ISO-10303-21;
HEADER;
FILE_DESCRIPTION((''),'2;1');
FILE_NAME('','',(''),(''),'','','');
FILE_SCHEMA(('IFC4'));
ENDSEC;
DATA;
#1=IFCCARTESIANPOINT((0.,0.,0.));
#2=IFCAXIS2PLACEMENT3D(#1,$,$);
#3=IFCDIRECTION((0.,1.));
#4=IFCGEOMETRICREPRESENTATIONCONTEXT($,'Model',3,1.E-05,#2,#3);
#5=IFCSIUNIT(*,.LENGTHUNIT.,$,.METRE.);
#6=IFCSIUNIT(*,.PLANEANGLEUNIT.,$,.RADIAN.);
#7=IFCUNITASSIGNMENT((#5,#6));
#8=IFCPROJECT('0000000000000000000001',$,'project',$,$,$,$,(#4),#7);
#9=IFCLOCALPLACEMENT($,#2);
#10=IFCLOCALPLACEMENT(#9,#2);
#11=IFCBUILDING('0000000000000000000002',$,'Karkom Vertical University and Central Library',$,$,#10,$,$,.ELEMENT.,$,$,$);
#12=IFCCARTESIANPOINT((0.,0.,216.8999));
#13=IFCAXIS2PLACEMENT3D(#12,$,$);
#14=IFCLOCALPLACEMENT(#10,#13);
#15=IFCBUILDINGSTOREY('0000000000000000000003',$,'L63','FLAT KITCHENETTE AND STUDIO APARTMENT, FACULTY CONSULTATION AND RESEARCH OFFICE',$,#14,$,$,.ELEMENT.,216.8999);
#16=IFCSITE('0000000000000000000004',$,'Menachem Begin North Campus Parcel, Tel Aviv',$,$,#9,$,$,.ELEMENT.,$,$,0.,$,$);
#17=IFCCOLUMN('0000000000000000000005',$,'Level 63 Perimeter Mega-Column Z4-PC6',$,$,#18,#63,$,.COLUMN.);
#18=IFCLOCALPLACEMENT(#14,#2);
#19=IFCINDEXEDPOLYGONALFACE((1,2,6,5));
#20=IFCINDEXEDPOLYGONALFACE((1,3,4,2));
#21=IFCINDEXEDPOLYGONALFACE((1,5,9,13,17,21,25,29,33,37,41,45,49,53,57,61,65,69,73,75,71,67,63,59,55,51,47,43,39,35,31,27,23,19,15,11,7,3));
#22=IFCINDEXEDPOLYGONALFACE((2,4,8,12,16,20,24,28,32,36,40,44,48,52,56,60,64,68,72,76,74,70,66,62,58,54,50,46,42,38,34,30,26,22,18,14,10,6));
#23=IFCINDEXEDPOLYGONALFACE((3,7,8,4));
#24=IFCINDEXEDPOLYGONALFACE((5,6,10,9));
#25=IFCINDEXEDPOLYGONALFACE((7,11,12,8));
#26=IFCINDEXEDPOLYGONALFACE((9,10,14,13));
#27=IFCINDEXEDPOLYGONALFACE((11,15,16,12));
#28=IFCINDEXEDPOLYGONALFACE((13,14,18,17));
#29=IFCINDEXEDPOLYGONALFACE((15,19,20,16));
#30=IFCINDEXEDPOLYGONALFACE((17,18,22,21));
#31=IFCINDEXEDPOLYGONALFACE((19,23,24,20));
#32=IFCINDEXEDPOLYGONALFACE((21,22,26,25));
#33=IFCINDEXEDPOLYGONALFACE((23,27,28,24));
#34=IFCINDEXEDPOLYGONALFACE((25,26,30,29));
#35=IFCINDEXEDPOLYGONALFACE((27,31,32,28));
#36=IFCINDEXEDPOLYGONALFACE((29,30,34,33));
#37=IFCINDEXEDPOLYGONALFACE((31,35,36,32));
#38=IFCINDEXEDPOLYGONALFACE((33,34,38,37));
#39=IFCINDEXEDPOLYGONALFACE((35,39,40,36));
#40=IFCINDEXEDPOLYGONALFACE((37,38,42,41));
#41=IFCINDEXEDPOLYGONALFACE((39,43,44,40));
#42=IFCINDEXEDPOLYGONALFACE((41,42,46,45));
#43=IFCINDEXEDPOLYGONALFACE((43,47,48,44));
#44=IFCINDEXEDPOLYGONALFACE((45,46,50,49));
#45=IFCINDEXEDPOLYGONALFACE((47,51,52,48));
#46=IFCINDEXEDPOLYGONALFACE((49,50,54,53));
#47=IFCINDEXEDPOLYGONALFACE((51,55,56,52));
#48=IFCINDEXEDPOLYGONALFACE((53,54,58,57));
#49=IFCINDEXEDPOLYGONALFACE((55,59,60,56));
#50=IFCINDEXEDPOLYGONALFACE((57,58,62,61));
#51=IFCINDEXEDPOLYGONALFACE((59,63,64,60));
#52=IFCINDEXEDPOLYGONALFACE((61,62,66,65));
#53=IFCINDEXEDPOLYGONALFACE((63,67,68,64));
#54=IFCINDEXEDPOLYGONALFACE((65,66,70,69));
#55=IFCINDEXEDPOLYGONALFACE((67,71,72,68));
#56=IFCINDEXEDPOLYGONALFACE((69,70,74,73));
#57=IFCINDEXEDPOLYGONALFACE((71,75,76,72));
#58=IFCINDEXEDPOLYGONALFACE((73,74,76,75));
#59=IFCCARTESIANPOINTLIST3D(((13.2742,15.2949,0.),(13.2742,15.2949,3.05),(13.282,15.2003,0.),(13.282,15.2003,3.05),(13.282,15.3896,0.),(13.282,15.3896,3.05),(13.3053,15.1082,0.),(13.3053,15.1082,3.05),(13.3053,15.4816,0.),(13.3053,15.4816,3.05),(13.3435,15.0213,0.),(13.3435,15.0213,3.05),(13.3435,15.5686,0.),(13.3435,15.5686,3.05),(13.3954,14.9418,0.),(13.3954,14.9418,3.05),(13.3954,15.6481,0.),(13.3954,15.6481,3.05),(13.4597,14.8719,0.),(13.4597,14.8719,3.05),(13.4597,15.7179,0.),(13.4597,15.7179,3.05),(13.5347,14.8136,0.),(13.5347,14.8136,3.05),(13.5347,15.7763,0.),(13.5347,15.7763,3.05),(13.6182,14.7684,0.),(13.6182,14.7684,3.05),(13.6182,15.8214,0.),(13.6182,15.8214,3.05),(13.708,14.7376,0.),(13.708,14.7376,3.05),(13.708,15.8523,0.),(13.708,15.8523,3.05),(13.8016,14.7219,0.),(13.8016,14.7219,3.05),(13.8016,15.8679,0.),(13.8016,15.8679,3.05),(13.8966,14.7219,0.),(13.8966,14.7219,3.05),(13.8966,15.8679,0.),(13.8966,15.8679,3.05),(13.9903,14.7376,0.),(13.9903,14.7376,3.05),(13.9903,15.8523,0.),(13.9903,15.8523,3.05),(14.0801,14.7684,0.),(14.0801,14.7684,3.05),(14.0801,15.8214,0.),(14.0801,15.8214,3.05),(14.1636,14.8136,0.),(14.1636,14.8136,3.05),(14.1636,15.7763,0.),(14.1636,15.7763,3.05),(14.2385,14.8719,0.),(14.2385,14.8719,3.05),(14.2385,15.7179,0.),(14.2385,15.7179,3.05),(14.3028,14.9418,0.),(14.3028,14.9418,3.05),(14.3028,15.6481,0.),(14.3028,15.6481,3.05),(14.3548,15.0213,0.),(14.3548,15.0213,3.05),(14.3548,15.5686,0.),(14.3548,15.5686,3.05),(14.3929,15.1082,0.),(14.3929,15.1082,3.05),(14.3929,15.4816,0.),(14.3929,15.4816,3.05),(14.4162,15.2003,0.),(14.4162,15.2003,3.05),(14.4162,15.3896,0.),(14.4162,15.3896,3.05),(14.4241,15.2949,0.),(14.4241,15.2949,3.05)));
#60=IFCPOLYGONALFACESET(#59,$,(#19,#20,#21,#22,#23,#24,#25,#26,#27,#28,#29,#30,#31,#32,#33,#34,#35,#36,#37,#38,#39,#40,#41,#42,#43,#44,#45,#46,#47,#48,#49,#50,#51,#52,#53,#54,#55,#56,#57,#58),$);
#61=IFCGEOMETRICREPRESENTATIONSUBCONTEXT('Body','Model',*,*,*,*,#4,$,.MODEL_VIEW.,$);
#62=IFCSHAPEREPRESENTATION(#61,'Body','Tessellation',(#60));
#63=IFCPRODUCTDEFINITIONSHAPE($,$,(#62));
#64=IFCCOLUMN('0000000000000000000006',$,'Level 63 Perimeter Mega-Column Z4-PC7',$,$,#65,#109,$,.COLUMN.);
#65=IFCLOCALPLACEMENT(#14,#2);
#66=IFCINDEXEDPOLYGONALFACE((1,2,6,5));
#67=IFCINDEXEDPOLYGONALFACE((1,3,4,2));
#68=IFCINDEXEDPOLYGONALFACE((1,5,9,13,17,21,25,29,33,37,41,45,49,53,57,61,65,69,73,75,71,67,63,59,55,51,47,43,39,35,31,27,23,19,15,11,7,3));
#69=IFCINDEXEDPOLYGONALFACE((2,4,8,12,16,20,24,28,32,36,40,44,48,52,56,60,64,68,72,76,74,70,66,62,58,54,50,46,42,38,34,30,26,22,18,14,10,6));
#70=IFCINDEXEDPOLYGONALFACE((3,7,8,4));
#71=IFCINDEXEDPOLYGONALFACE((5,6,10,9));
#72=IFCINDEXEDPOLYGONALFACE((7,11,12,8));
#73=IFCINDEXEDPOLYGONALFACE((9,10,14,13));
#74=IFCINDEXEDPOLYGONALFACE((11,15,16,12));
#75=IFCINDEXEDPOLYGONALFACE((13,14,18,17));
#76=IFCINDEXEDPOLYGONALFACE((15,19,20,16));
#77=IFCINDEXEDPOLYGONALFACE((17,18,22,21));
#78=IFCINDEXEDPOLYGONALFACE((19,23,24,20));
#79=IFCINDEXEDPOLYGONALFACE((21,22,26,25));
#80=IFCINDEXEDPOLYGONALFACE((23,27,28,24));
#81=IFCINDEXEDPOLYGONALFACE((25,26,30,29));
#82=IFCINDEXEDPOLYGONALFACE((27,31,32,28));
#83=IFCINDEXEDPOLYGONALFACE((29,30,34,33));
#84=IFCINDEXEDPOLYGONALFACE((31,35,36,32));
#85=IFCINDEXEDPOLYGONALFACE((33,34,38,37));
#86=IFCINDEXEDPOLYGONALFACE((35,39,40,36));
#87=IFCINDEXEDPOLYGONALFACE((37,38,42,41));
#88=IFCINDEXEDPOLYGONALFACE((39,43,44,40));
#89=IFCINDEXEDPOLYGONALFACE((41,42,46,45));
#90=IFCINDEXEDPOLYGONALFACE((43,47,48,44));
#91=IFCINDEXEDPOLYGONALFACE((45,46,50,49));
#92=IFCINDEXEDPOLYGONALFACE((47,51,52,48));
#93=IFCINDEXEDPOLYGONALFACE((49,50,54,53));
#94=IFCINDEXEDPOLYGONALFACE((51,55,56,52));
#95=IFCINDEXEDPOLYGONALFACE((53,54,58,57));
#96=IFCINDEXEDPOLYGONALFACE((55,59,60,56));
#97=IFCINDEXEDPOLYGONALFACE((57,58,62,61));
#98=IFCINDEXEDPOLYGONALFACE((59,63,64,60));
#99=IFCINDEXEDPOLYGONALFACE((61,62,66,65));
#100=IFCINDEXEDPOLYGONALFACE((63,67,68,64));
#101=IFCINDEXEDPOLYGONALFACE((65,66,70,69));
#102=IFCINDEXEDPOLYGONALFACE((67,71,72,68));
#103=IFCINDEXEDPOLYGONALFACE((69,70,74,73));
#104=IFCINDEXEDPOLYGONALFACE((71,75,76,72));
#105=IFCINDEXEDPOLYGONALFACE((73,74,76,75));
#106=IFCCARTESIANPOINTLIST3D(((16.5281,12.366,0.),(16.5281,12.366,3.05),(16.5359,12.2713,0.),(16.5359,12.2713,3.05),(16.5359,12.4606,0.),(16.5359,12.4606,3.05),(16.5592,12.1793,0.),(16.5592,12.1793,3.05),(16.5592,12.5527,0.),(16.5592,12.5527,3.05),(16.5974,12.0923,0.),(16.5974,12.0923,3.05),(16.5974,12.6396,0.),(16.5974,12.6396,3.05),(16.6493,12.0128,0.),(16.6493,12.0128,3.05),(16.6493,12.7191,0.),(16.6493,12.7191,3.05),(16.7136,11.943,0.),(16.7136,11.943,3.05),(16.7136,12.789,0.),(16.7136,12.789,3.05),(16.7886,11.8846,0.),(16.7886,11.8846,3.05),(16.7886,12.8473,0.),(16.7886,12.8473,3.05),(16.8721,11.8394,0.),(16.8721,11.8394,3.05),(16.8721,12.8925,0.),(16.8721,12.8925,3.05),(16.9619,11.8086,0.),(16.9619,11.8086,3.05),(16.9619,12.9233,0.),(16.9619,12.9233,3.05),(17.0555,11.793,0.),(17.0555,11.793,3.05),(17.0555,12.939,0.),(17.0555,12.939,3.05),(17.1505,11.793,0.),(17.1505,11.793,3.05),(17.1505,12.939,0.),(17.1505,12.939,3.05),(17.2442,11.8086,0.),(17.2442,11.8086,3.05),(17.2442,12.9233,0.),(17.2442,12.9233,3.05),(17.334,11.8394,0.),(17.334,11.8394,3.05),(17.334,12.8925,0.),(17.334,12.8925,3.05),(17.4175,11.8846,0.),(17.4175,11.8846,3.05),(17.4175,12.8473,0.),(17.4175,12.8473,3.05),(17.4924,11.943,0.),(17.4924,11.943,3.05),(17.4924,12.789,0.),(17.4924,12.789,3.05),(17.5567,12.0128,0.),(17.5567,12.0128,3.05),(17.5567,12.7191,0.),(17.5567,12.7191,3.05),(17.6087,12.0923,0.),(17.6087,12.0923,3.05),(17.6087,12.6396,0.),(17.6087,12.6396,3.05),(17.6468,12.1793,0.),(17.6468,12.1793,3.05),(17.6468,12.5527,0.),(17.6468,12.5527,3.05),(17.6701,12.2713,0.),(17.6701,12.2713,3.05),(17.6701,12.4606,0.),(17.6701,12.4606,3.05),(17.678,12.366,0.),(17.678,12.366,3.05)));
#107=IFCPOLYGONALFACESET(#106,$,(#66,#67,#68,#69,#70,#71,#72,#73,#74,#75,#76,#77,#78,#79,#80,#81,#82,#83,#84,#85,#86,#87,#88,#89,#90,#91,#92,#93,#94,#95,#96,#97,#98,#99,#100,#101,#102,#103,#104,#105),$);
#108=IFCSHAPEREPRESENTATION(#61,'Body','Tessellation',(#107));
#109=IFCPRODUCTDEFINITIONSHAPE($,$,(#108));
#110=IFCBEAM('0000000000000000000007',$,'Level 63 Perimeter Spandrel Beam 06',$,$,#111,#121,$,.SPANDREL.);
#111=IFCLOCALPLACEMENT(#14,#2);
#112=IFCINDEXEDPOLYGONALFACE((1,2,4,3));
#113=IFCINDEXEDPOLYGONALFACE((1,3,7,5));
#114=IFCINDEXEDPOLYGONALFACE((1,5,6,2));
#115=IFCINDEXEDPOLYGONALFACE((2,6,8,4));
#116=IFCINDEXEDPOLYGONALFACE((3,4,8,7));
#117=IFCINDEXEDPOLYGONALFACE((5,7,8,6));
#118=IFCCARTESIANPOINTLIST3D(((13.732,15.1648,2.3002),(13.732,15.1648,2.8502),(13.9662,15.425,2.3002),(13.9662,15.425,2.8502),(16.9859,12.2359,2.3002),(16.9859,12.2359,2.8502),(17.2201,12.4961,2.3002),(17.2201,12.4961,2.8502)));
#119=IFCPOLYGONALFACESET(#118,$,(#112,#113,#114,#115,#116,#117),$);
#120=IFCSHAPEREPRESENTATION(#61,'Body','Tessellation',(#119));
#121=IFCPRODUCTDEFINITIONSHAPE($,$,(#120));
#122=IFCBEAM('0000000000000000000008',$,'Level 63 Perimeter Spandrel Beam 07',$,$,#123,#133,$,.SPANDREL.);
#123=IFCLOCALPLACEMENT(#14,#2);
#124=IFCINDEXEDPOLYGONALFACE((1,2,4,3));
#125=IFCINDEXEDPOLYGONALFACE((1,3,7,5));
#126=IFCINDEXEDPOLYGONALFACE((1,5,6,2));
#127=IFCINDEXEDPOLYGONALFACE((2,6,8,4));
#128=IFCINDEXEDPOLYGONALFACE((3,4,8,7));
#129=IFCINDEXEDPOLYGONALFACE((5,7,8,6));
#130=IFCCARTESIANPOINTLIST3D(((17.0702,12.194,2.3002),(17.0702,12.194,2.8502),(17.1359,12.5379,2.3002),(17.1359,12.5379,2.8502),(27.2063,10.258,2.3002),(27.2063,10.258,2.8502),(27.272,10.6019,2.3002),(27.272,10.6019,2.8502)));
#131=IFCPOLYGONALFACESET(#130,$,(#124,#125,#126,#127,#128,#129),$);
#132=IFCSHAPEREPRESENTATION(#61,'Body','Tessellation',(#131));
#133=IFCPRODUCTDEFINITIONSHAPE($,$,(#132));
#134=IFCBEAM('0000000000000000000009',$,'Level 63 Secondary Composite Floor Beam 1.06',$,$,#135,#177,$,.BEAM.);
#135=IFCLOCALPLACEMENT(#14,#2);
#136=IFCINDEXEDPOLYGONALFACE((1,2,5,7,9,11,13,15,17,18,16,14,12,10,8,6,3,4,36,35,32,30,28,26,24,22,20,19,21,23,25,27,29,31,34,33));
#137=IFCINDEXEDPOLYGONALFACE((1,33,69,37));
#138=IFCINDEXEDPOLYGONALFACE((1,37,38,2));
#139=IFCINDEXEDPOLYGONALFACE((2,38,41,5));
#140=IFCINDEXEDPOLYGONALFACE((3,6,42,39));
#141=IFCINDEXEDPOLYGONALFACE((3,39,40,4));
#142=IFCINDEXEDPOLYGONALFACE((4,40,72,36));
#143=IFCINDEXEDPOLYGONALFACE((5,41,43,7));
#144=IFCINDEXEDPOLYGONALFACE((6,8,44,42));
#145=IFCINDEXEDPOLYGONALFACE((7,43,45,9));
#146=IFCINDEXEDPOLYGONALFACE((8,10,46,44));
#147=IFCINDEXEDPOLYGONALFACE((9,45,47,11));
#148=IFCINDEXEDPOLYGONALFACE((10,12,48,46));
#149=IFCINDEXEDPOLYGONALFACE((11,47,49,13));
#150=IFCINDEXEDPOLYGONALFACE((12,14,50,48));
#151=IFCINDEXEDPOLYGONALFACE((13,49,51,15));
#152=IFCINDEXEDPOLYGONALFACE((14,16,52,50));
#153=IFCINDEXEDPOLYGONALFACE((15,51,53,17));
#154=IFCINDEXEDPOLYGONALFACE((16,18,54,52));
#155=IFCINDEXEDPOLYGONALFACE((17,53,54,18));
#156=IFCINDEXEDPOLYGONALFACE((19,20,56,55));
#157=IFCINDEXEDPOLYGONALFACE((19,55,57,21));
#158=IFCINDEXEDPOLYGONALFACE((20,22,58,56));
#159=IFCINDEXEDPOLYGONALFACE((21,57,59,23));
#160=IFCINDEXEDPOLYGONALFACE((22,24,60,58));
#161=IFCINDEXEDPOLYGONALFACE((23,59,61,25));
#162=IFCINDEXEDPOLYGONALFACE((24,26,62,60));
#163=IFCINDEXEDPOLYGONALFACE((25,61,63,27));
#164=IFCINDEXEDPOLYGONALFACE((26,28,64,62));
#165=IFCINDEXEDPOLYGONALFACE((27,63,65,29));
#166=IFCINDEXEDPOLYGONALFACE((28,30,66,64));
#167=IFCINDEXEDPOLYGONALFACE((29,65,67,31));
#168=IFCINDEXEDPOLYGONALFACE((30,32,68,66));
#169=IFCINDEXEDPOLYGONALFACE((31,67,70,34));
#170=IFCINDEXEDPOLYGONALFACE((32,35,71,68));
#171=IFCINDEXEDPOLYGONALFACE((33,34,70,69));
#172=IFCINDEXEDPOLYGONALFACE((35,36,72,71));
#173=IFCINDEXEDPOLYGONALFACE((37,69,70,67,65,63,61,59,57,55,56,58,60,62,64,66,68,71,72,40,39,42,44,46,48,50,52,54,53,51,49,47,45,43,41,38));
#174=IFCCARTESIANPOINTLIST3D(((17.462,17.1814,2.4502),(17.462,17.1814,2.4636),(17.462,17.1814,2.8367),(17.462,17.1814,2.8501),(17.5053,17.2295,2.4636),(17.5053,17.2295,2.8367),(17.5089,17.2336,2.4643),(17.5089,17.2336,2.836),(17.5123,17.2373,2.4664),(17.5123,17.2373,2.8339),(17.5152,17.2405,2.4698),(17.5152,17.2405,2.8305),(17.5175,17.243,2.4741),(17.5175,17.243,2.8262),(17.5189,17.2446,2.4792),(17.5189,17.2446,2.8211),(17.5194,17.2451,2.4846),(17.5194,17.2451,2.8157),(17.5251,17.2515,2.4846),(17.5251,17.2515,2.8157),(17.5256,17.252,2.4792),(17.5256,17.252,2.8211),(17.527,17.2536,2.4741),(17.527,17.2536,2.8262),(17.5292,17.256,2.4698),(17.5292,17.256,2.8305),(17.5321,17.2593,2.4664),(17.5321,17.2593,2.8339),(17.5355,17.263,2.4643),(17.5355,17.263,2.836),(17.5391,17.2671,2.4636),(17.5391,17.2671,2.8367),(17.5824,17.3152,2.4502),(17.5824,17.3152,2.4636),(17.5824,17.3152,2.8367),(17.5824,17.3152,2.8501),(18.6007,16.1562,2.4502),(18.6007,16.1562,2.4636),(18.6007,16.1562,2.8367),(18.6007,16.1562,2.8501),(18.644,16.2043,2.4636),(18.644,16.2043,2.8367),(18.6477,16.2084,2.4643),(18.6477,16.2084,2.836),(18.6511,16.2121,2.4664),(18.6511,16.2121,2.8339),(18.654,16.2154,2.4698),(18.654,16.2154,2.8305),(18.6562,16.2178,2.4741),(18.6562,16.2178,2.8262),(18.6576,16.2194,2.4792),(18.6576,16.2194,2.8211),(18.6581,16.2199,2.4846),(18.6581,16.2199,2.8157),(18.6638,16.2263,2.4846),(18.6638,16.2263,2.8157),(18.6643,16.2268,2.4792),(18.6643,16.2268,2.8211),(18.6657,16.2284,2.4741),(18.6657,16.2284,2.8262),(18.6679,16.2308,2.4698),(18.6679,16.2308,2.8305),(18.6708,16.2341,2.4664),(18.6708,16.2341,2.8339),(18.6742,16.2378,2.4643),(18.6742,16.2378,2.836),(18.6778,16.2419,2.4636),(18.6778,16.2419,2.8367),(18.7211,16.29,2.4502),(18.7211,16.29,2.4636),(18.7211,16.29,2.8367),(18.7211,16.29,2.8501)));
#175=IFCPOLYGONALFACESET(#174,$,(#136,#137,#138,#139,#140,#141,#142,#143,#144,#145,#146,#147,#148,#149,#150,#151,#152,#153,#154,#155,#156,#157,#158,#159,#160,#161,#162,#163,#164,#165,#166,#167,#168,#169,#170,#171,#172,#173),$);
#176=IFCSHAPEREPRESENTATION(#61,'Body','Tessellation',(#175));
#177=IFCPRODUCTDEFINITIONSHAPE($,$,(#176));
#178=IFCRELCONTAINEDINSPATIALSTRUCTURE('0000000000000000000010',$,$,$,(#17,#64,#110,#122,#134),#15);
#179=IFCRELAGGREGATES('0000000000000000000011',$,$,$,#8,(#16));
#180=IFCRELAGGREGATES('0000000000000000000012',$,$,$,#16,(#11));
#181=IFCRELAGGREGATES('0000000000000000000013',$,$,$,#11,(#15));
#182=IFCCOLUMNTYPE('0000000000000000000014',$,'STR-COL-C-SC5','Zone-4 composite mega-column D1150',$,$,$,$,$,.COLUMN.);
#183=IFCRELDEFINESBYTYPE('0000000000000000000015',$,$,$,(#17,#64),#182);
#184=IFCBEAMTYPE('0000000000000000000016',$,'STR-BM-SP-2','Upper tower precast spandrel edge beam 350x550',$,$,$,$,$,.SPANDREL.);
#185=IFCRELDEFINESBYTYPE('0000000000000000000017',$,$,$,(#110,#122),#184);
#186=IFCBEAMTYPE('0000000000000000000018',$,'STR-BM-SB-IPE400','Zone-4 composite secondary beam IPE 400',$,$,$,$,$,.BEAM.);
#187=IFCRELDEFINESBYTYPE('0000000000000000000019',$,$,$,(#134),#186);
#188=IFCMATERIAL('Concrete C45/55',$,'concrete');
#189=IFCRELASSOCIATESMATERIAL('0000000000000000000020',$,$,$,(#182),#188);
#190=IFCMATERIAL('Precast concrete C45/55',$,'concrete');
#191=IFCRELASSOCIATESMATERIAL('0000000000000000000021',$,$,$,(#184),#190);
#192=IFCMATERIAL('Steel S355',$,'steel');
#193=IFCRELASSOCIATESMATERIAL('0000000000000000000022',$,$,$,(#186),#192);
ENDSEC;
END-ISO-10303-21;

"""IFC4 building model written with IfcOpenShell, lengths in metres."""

from ifc_helpers import new_model, si_unit, direction, frame, origin, origin_with_axes, origin_2d, place, context, subcontext, project, spatial, rectangle, circle, i_section, extrude, source, transform, mapped, material, material_profile, profile_set, type_object, element, save


model = new_model("IFC4")

# Units and contexts
model_context = context("Model", 3, precision=1e-05, world=origin(), true_north=direction((0.0, 1.0)))
body_context = subcontext(model_context, "Body", "Model", "MODEL_VIEW")
ifc_project = project(units=[si_unit("LENGTHUNIT", "METRE"), si_unit("PLANEANGLEUNIT", "RADIAN")], contexts=[model_context])

# Site, building, storey
site_placement = place(None, origin())
site = spatial("IfcSite", under=ifc_project, at=site_placement, Name="Menachem Begin North Campus Parcel, Tel Aviv", CompositionType="ELEMENT", RefElevation=0.0)
building_placement = place(site_placement, origin())
building = spatial("IfcBuilding", under=site, at=building_placement, Name="Karkom Vertical University and Central Library", CompositionType="ELEMENT")
storey_placement = place(building_placement, frame((0.0, 0.0, 216.8999)))
storey = spatial("IfcBuildingStorey", under=building, at=storey_placement, Name="L63", Description="FLAT KITCHENETTE AND STUDIO APARTMENT, FACULTY CONSULTATION AND RESEARCH OFFICE", CompositionType="ELEMENT", Elevation=216.8999)

# Columns
ifc_material_1 = material(Name="Concrete C45/55", Category="concrete")
ifc_material_profile_1 = material_profile(ifc_material_1, circle(Radius=0.575, at=origin_2d()), Name="CFT-D1150")
ifc_profile_set_1 = profile_set([ifc_material_profile_1], Name="Concrete C45/55")
column_type = type_object("IfcColumnType", Name="STR-COL-C-SC5", Description="Zone-4 composite mega-column D1150", PredefinedType="COLUMN", material=ifc_profile_set_1)
shared_shape_1 = source(origin_with_axes(), body_context, "Body", "SweptSolid", [
    extrude(circle(Radius=0.575, at=origin_2d()), origin(), (0.0, 0.0, 1.0), 3.05),
])
for number, where, z_axis, x_axis, name in (
    (1, (13.8491, 15.2949, 0.0), (0.0, 0.0, 1.0), (1.0, 0.0, 0.0), "Level 63 Perimeter Mega-Column Z4-PC6"),
    (2, (17.103, 12.366, 0.0), (0.0, 0.0, 1.0), (1.0, 0.0, 0.0), "Level 63 Perimeter Mega-Column Z4-PC7"),
):
    element("IfcColumn", number, at=place(storey_placement, frame(where, z_axis=z_axis, x_axis=x_axis)), inside=storey, type_object=column_type, Name=name, PredefinedType="COLUMN", context=body_context, shape_type="MappedRepresentation", body=[
        mapped(shared_shape_1, transform((0.0, 0.0, 0.0), scale=1.0)),
    ])

# Beams
ifc_material_2 = material(Name="Precast concrete C45/55", Category="concrete")
ifc_material_profile_2 = material_profile(ifc_material_2, rectangle(XDim=0.3501, YDim=0.55, at=origin_2d()), Name="SPB-350x550")
ifc_profile_set_2 = profile_set([ifc_material_profile_2], Name="Precast concrete C45/55")
beam_type_1 = type_object("IfcBeamType", Name="STR-BM-SP-2", Description="Upper tower precast spandrel edge beam 350x550", PredefinedType="SPANDREL", material=ifc_profile_set_2)
shared_shape_2 = source(origin_with_axes(), body_context, "Body", "SweptSolid", [
    extrude(rectangle(XDim=0.3501, YDim=0.55, at=origin_2d()), origin(), (0.0, 0.0, 1.0), 4.3779),
])
beam_1_placement = place(storey_placement, frame((13.8491, 15.2949, 2.5752), z_axis=(0.743244, -0.66902, 0.0), x_axis=(0.66902, 0.743244, 0.0)))
element("IfcBeam", 3, at=beam_1_placement, inside=storey, type_object=beam_type_1, Name="Level 63 Perimeter Spandrel Beam 06", PredefinedType="SPANDREL", context=body_context, shape_type="MappedRepresentation", body=[
    mapped(shared_shape_2, transform((0.0, 0.0, 0.0), scale=1.0)),
])
shared_shape_3 = source(origin_with_axes(), body_context, "Body", "SweptSolid", [
    extrude(rectangle(XDim=0.3501, YDim=0.55, at=origin_2d()), origin(), (0.0, 0.0, 1.0), 10.3193),
])
beam_2_placement = place(storey_placement, frame((17.103, 12.366, 2.5752), z_axis=(0.982243, -0.187614, 0.0), x_axis=(0.187614, 0.982243, 0.0)))
element("IfcBeam", 4, at=beam_2_placement, inside=storey, type_object=beam_type_1, Name="Level 63 Perimeter Spandrel Beam 07", PredefinedType="SPANDREL", context=body_context, shape_type="MappedRepresentation", body=[
    mapped(shared_shape_3, transform((0.0, 0.0, 0.0), scale=1.0)),
])
ifc_material_3 = material(Name="Steel S355", Category="steel")
ifc_material_profile_3 = material_profile(ifc_material_3, i_section(OverallWidth=0.1799, OverallDepth=0.3999, WebThickness=0.0085, FlangeThickness=0.0134, FilletRadius=0.021, at=origin_2d()), Name="IPE 400")
ifc_profile_set_3 = profile_set([ifc_material_profile_3], Name="Steel S355")
beam_type_2 = type_object("IfcBeamType", Name="STR-BM-SB-IPE400", Description="Zone-4 composite secondary beam IPE 400", PredefinedType="BEAM", material=ifc_profile_set_3)
shared_shape_4 = source(origin_with_axes(), body_context, "Body", "SweptSolid", [
    extrude(i_section(OverallWidth=0.1799, OverallDepth=0.3999, WebThickness=0.0085, FlangeThickness=0.0134, FilletRadius=0.021, at=origin_2d()), origin(), (0.0, 0.0, 1.0), 1.5322),
])
beam_3_placement = place(storey_placement, frame((17.5222, 17.2483, 2.6501), z_axis=(0.743183, -0.669088, 0.0), x_axis=(0.669088, 0.743183, 0.0)))
element("IfcBeam", 5, at=beam_3_placement, inside=storey, type_object=beam_type_2, Name="Level 63 Secondary Composite Floor Beam 1.06", PredefinedType="BEAM", context=body_context, shape_type="MappedRepresentation", body=[
    mapped(shared_shape_4, transform((0.0, 0.0, 0.0), scale=1.0)),
])

save(model, "model.ifc")
